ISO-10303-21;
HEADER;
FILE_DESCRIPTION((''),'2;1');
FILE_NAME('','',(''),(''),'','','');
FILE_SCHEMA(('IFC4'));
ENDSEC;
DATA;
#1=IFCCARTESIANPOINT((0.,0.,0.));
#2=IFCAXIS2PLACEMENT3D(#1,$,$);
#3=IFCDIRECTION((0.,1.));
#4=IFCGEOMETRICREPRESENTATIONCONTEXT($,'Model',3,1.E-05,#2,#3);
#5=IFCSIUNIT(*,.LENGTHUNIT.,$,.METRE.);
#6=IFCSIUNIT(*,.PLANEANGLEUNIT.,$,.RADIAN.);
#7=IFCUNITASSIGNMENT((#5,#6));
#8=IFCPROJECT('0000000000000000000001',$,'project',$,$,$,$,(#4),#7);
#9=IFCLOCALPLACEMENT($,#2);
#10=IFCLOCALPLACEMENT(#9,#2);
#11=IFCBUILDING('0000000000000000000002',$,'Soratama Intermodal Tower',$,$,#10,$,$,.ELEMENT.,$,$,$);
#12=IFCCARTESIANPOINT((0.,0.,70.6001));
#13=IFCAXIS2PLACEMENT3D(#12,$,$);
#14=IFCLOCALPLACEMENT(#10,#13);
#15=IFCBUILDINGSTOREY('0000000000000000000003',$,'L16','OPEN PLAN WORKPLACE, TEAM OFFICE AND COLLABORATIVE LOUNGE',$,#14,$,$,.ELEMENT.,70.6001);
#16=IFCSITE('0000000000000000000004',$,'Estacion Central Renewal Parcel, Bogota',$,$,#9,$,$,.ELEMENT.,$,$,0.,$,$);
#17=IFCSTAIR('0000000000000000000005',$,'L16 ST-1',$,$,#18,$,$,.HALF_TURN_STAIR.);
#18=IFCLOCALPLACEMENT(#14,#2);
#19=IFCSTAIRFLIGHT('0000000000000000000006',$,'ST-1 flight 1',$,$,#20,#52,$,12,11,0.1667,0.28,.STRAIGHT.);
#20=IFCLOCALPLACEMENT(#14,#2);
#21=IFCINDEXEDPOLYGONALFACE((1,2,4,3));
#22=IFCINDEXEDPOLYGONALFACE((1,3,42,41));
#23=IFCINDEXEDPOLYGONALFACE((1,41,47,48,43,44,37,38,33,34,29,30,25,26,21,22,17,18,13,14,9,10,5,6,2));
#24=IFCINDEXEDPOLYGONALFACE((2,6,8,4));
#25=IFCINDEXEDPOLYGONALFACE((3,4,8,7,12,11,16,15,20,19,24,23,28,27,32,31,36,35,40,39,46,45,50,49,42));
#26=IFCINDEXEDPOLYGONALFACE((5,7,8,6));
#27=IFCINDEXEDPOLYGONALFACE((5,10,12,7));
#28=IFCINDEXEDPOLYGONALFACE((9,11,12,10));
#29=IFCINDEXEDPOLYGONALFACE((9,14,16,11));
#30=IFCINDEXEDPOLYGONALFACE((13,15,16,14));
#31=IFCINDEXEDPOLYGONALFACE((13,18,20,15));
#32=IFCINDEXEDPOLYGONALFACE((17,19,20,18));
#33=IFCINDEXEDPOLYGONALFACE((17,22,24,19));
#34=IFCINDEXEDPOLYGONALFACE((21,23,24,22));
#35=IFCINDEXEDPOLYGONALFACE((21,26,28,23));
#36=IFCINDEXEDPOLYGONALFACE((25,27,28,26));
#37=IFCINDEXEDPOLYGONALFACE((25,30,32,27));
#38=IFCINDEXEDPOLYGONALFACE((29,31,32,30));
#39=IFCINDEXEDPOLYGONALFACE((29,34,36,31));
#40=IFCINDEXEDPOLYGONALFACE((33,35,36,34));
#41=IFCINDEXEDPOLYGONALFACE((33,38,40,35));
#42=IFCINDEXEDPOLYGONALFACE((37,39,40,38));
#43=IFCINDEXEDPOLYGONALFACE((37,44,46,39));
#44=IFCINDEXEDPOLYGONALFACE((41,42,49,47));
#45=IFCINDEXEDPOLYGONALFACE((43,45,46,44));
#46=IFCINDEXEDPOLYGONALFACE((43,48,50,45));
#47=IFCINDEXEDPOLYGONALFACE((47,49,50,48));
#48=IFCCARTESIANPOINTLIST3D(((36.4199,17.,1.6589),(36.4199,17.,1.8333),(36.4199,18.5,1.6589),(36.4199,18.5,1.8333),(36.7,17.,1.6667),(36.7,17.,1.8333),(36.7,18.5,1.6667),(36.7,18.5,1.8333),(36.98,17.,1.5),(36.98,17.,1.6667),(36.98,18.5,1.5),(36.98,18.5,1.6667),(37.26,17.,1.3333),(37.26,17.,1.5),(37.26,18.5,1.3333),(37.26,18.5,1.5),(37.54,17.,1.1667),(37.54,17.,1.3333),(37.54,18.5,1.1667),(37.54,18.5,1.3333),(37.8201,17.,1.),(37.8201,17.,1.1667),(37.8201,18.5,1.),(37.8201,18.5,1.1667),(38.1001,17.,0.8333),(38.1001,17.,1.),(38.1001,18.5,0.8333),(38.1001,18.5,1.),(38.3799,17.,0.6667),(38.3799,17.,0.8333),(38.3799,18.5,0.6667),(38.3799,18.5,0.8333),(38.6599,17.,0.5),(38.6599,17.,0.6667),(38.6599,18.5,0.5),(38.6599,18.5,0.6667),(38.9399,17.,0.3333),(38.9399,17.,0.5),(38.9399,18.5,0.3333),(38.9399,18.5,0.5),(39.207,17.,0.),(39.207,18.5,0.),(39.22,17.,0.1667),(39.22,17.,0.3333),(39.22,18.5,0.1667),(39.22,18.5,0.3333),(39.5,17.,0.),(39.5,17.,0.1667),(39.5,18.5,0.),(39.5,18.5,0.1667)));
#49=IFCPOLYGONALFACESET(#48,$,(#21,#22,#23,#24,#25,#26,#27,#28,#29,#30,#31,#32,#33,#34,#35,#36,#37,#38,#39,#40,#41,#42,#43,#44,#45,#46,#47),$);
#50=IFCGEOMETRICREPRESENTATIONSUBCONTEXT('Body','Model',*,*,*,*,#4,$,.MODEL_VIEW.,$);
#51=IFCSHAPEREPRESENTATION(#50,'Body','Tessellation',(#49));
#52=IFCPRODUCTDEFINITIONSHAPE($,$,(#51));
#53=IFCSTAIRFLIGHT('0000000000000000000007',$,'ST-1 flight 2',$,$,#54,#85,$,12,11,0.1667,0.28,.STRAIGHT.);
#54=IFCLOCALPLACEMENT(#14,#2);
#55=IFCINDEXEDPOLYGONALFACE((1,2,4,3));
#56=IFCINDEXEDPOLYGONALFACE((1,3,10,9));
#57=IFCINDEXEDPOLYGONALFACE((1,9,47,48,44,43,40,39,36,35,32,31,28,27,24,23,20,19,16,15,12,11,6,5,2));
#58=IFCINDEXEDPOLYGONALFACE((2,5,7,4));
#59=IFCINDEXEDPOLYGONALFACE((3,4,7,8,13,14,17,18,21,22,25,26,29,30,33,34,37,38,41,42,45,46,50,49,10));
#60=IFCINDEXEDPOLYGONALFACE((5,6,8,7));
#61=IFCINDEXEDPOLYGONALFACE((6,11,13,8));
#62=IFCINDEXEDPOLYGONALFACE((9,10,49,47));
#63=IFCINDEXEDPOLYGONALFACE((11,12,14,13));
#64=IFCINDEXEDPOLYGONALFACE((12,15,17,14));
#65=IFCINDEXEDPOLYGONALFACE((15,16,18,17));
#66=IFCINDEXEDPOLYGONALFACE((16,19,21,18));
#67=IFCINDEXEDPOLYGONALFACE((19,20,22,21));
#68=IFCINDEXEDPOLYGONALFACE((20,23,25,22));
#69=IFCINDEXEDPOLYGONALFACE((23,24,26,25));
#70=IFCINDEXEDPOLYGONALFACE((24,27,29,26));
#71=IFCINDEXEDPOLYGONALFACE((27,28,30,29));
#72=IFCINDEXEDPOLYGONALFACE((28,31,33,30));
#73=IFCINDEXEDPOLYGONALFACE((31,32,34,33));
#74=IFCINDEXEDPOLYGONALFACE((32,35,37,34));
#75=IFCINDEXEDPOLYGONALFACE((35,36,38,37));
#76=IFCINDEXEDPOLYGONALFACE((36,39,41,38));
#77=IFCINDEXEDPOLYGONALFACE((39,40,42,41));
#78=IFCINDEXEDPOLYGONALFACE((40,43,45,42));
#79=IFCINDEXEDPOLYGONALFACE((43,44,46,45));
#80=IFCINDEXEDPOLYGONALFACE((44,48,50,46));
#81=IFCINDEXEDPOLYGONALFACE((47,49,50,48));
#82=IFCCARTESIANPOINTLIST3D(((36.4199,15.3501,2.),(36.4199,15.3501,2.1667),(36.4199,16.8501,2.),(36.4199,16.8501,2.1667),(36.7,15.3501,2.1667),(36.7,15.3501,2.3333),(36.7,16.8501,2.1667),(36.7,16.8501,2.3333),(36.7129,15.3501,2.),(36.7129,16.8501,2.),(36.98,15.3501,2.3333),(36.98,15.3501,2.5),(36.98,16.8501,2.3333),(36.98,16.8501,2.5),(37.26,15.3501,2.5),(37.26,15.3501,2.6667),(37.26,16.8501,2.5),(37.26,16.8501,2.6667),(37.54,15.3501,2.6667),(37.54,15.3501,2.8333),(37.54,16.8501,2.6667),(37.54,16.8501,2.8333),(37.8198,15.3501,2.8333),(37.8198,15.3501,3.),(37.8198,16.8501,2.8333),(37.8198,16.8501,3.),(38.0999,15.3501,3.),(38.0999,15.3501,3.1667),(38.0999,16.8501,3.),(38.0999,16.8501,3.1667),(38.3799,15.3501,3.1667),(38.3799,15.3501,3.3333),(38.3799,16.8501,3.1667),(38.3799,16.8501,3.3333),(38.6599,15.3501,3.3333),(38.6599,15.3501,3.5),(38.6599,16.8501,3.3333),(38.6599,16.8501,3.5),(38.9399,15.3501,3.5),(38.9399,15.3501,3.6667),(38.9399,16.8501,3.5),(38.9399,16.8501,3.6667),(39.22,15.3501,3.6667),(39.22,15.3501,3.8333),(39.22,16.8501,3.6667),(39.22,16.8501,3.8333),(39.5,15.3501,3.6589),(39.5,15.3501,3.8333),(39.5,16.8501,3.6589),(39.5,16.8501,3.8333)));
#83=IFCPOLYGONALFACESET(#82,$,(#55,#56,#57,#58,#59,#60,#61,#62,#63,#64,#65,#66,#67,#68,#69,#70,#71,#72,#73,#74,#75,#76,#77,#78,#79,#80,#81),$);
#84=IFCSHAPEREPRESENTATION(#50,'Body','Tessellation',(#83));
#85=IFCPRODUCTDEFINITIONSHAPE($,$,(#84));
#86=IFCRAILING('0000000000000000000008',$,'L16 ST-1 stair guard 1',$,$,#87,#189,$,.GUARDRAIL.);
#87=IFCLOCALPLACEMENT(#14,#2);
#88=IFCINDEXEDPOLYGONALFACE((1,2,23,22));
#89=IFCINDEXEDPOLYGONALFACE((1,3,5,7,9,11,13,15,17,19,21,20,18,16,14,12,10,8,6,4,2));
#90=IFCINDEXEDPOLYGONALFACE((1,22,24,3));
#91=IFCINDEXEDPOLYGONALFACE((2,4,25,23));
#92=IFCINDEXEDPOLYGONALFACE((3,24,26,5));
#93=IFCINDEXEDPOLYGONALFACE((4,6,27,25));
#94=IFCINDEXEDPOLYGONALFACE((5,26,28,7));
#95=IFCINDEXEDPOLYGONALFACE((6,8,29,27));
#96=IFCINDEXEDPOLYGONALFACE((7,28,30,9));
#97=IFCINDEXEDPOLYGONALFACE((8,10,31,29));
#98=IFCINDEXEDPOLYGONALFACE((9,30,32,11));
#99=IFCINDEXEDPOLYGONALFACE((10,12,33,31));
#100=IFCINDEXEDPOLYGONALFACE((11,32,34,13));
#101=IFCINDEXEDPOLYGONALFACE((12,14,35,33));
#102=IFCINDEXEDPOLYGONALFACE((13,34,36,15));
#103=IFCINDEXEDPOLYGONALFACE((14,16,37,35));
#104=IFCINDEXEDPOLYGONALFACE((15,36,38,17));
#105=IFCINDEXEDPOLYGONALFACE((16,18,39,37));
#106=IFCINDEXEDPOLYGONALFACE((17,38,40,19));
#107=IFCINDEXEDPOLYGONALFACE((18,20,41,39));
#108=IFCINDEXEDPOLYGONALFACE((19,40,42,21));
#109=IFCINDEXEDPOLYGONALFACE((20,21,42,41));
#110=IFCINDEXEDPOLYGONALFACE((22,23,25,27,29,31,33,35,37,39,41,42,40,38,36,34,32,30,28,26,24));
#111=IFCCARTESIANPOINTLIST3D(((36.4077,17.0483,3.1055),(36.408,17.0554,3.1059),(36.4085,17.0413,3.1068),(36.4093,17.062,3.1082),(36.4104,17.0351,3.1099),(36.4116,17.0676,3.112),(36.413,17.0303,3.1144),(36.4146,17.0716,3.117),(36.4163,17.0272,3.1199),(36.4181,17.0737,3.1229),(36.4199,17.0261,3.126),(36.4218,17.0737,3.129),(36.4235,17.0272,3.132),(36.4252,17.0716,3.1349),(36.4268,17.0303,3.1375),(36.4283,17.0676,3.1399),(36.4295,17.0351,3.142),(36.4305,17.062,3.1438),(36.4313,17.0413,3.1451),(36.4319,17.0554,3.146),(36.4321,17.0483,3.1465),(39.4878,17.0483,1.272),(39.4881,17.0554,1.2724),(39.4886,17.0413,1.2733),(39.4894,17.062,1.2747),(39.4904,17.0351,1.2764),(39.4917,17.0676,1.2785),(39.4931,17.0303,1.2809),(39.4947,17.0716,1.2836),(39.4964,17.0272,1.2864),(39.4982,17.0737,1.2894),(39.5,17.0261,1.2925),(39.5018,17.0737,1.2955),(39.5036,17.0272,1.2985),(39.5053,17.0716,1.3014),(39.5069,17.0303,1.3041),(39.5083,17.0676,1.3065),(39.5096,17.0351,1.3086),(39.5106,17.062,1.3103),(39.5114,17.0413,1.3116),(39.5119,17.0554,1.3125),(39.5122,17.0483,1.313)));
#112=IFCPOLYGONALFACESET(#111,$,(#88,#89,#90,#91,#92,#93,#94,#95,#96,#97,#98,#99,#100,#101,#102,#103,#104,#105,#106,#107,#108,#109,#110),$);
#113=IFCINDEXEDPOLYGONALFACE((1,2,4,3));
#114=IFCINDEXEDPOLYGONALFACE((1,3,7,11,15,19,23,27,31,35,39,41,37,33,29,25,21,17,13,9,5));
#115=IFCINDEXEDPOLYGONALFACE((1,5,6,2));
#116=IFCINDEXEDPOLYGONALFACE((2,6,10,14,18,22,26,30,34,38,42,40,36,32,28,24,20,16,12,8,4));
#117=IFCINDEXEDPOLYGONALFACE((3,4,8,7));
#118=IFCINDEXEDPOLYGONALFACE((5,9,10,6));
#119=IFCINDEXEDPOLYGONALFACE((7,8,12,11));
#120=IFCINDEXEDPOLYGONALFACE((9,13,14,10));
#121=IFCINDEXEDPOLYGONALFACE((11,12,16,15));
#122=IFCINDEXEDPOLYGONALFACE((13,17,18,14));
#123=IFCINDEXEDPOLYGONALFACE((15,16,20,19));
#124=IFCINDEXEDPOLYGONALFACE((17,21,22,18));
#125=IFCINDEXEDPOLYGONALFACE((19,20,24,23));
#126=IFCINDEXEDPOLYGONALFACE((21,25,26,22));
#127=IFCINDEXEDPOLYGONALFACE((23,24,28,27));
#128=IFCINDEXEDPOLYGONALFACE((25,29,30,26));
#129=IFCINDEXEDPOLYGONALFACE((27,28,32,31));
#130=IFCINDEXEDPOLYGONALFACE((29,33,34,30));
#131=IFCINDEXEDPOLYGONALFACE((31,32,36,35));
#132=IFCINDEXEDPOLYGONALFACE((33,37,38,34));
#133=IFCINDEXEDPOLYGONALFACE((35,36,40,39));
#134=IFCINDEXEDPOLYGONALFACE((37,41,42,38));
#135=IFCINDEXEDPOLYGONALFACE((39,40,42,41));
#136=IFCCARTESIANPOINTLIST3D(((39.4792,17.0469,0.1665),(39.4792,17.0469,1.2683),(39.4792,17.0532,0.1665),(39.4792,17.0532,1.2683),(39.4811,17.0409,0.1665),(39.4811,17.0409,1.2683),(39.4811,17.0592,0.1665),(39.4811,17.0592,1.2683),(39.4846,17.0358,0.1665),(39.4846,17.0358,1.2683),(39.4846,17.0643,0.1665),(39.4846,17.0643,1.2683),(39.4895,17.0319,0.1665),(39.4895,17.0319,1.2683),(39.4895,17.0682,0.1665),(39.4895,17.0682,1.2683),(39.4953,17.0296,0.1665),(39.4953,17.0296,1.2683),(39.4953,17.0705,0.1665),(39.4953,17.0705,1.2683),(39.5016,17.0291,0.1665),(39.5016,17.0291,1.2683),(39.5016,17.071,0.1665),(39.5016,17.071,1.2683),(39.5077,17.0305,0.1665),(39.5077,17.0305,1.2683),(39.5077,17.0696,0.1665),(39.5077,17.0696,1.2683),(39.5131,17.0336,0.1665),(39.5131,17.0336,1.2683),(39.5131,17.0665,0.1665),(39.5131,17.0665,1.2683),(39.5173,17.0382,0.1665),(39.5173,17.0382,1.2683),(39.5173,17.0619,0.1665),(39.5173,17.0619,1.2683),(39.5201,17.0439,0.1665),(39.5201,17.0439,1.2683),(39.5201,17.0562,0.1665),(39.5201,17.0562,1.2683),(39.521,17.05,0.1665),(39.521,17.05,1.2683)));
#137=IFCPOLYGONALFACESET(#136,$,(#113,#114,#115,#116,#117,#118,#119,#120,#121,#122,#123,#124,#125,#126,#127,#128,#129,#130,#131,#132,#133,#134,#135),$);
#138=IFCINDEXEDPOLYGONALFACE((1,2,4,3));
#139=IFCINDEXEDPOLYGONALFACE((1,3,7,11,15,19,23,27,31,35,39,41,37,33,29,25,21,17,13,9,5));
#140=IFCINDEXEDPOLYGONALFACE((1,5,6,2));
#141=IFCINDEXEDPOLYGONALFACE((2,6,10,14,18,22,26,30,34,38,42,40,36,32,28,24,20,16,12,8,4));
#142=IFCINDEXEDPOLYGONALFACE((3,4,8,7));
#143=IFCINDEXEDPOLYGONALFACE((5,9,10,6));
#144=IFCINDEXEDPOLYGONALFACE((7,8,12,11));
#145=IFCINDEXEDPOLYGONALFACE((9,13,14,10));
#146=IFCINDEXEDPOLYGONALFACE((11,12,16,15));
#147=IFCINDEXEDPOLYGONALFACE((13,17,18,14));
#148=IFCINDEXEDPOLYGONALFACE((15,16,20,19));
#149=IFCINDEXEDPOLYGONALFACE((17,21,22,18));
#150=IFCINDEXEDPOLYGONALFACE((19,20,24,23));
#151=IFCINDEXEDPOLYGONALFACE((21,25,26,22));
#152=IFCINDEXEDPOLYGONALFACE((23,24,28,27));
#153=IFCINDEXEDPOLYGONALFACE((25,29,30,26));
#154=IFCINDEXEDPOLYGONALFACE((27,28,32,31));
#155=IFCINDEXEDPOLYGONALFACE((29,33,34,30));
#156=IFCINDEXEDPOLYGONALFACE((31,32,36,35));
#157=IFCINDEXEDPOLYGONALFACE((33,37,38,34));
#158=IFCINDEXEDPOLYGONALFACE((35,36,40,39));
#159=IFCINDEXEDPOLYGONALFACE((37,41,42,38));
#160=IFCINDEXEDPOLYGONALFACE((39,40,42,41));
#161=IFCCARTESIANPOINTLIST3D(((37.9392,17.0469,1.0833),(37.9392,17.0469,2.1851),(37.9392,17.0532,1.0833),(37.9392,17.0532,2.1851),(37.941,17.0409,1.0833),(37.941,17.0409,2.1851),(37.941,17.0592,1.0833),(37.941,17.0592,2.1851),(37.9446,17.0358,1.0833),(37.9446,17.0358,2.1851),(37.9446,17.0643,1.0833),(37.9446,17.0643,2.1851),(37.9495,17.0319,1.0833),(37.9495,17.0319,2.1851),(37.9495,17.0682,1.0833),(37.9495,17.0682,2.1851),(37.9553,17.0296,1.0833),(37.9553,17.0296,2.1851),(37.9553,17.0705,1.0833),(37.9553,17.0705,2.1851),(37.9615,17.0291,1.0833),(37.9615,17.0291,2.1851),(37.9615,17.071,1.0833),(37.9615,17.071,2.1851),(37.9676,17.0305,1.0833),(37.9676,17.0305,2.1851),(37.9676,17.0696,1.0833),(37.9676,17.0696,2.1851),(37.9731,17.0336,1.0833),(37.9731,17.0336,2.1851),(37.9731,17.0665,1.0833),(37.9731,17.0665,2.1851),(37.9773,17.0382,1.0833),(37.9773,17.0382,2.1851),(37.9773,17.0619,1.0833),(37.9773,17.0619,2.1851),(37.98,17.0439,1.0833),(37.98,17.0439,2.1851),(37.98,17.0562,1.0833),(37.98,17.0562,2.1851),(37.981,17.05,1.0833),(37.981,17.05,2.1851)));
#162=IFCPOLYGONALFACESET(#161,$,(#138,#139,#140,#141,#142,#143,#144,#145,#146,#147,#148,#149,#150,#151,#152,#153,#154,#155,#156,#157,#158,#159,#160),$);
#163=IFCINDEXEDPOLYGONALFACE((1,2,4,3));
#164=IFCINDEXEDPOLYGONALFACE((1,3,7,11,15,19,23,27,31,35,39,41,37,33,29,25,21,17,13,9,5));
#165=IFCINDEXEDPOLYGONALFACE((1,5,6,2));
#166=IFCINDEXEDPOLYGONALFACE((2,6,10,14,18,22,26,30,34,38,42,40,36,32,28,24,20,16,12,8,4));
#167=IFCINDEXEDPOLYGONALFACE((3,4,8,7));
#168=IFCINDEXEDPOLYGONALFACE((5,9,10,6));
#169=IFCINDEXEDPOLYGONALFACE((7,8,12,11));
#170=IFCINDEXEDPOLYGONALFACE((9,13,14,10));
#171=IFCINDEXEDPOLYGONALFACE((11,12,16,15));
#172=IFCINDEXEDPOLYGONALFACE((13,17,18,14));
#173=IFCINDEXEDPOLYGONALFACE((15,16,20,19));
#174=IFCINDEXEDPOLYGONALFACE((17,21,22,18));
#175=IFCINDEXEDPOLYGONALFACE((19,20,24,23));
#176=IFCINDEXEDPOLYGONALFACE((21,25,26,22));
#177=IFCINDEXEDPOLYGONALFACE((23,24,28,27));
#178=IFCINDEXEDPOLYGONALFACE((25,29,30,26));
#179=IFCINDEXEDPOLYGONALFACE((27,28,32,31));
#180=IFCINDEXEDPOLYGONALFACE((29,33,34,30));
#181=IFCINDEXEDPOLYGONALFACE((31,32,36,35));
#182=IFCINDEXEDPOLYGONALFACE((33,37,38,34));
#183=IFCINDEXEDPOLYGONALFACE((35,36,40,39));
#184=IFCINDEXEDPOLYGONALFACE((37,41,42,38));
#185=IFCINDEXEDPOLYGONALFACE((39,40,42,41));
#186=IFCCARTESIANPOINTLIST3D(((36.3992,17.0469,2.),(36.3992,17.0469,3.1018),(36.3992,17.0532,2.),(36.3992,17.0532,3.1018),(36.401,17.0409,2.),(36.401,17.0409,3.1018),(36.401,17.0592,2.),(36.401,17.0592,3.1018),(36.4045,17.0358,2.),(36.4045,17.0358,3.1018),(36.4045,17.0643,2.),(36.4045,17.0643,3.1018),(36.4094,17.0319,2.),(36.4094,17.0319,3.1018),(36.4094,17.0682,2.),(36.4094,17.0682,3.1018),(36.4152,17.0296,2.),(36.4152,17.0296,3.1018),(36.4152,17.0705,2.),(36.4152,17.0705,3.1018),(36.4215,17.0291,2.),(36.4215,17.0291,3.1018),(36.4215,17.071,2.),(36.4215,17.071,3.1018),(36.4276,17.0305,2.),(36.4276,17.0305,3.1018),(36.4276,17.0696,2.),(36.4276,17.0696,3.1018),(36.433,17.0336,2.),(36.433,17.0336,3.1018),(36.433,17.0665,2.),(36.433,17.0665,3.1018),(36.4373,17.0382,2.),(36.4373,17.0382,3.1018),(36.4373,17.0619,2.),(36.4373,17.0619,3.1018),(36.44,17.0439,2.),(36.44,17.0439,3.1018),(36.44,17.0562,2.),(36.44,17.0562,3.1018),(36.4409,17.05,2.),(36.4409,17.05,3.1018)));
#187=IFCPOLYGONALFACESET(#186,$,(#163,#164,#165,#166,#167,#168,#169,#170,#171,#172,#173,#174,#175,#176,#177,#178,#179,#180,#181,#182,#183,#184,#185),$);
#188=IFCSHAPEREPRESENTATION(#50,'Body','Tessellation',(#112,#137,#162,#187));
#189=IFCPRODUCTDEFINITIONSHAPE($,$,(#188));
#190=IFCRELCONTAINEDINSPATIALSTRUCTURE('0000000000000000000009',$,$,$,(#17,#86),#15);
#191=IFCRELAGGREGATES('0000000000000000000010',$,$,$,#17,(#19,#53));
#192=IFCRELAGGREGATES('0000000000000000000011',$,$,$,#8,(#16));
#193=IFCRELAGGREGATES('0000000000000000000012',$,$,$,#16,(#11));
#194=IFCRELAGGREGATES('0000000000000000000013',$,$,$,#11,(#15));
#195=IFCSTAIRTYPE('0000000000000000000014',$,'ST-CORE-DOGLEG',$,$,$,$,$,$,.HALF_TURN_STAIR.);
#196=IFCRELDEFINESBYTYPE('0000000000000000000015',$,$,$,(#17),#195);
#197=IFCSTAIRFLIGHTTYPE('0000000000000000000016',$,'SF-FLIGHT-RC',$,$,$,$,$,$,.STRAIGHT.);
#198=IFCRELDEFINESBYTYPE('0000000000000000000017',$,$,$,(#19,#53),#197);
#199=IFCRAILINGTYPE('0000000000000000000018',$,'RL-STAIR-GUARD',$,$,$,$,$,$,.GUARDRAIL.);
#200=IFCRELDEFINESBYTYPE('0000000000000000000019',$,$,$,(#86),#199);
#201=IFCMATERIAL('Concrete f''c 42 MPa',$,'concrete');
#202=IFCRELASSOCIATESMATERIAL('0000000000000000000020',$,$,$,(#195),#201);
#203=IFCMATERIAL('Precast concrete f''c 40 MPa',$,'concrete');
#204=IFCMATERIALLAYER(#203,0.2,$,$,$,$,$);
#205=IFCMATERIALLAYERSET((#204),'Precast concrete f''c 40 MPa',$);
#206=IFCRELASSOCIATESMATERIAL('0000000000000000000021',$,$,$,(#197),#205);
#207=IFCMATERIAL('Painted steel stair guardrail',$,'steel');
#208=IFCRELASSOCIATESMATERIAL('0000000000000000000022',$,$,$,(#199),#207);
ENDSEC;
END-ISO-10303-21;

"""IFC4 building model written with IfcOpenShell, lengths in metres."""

from ifc_helpers import new_model, si_unit, direction, frame, origin, origin_2d, place, context, subcontext, project, spatial, polyline, circle, outline, extrude, material, layer, layer_set, type_object, element, aggregate, save


model = new_model("IFC4")

# Units and contexts
model_context = context("Model", 3, precision=1e-05, world=origin(), true_north=direction((0.0, 1.0)))
body_context = subcontext(model_context, "Body", "Model", "MODEL_VIEW")
ifc_project = project(units=[si_unit("LENGTHUNIT", "METRE"), si_unit("PLANEANGLEUNIT", "RADIAN")], contexts=[model_context])

# Site, building, storey
site_placement = place(None, origin())
site = spatial("IfcSite", under=ifc_project, at=site_placement, Name="Estacion Central Renewal Parcel, Bogota", CompositionType="ELEMENT", RefElevation=0.0)
building_placement = place(site_placement, origin())
building = spatial("IfcBuilding", under=site, at=building_placement, Name="Soratama Intermodal Tower", CompositionType="ELEMENT")
storey_placement = place(building_placement, frame((0.0, 0.0, 70.6001)))
storey = spatial("IfcBuildingStorey", under=building, at=storey_placement, Name="L16", Description="OPEN PLAN WORKPLACE, TEAM OFFICE AND COLLABORATIVE LOUNGE", CompositionType="ELEMENT", Elevation=70.6001)

# Stair, stair flights
ifc_material_1 = material(Name="Concrete f'c 42 MPa", Category="concrete")
stair_type = type_object("IfcStairType", Name="ST-CORE-DOGLEG", PredefinedType="HALF_TURN_STAIR", material=ifc_material_1)
stair_placement = place(storey_placement, origin())
stair = element("IfcStair", 1, at=stair_placement, inside=storey, type_object=stair_type, Name="L16 ST-1", PredefinedType="HALF_TURN_STAIR")
ifc_material_2 = material(Name="Precast concrete f'c 40 MPa", Category="concrete")
ifc_layer_1 = layer(ifc_material_2, 0.2)
ifc_layer_set_1 = layer_set([ifc_layer_1], Name="Precast concrete f'c 40 MPa")
stair_flight_type = type_object("IfcStairFlightType", Name="SF-FLIGHT-RC", PredefinedType="STRAIGHT", material=ifc_layer_set_1)
stair_flight_1_placement = place(storey_placement, frame((39.5, 17.75, 0.0), z_axis=(0.0, 0.0, 1.0), x_axis=(-1.0, 0.0, 0.0)))
stair_flight_1 = element("IfcStairFlight", 2, at=stair_flight_1_placement, type_object=stair_flight_type, Name="ST-1 flight 1", NumberOfRisers=12, NumberOfTreads=11, PredefinedType="STRAIGHT", RiserHeight=0.1667, TreadLength=0.28, context=body_context, shape_type="SweptSolid", body=[
    extrude(outline(polyline([(0.0, 0.0), (0.0, 0.1667), (0.28, 0.1667), (0.28, 0.3333), (0.5601, 0.3333), (0.5601, 0.5), (0.8401, 0.5), (0.8401, 0.6667), (1.1201, 0.6667), (1.1201, 0.8333), (1.3999, 0.8333), (1.3999, 1.0), (1.6799, 1.0), (1.6799, 1.1667), (1.96, 1.1667), (1.96, 1.3333), (2.24, 1.3333), (2.24, 1.5), (2.52, 1.5), (2.52, 1.6667), (2.8, 1.6667), (2.8, 1.8333), (3.0801, 1.8333), (3.0801, 2.0), (3.0801, 1.6589), (0.293, 0.0), (0.0, 0.0)])), frame((0.0, 0.75, 0.0), z_axis=(0.0, -1.0, 0.0), x_axis=(1.0, 0.0, 0.0)), (0.0, 0.0, 1.0), 1.5),
])
stair_flight_2_placement = place(storey_placement, frame((36.4199, 16.1001, 2.0), z_axis=(0.0, 0.0, 1.0), x_axis=(1.0, 0.0, 0.0)))
stair_flight_2 = element("IfcStairFlight", 3, at=stair_flight_2_placement, type_object=stair_flight_type, Name="ST-1 flight 2", NumberOfRisers=12, NumberOfTreads=11, PredefinedType="STRAIGHT", RiserHeight=0.1667, TreadLength=0.28, context=body_context, shape_type="SweptSolid", body=[
    extrude(outline(polyline([(0.0, 0.0), (0.0, 0.1667), (0.28, 0.1667), (0.28, 0.3333), (0.5601, 0.3333), (0.5601, 0.5), (0.8401, 0.5), (0.8401, 0.6667), (1.1201, 0.6667), (1.1201, 0.8333), (1.3999, 0.8333), (1.3999, 1.0), (1.6799, 1.0), (1.6799, 1.1667), (1.96, 1.1667), (1.96, 1.3333), (2.24, 1.3333), (2.24, 1.5), (2.52, 1.5), (2.52, 1.6667), (2.8, 1.6667), (2.8, 1.8333), (3.0801, 1.8333), (3.0801, 2.0), (3.0801, 1.6589), (0.293, 0.0), (0.0, 0.0)])), frame((0.0, 0.75, 0.0), z_axis=(0.0, -1.0, 0.0), x_axis=(1.0, 0.0, 0.0)), (0.0, 0.0, 1.0), 1.5),
])
aggregate(stair, [stair_flight_1, stair_flight_2])

# Railing
ifc_material_3 = material(Name="Painted steel stair guardrail", Category="steel")
railing_type_1 = type_object("IfcRailingType", Name="RL-STAIR-GUARD", PredefinedType="GUARDRAIL", material=ifc_material_3)
railing_1_placement = place(storey_placement, frame((39.5, 17.05, 0.1665)))
element("IfcRailing", 4, at=railing_1_placement, inside=storey, type_object=railing_type_1, Name="L16 ST-1 stair guard 1", PredefinedType="GUARDRAIL", context=body_context, shape_type="SweptSolid", body=[
    extrude(circle(Radius=0.0239, at=origin_2d()), frame((0.0, 0.0, 1.126), z_axis=(-0.859279, 0.0, 0.511508), x_axis=(0.0, -1.0, 0.0)), (0.0, 0.0, 1.0), 3.5845),
    extrude(circle(Radius=0.021, at=origin_2d()), origin(), (0.0, 0.0, 1.0), 1.1018),
    extrude(circle(Radius=0.021, at=origin_2d()), frame((-1.54, 0.0, 0.9167)), (0.0, 0.0, 1.0), 1.1018),
    extrude(circle(Radius=0.021, at=origin_2d()), frame((-3.0801, 0.0, 1.8335)), (0.0, 0.0, 1.0), 1.1018),
])

save(model, "model.ifc")
